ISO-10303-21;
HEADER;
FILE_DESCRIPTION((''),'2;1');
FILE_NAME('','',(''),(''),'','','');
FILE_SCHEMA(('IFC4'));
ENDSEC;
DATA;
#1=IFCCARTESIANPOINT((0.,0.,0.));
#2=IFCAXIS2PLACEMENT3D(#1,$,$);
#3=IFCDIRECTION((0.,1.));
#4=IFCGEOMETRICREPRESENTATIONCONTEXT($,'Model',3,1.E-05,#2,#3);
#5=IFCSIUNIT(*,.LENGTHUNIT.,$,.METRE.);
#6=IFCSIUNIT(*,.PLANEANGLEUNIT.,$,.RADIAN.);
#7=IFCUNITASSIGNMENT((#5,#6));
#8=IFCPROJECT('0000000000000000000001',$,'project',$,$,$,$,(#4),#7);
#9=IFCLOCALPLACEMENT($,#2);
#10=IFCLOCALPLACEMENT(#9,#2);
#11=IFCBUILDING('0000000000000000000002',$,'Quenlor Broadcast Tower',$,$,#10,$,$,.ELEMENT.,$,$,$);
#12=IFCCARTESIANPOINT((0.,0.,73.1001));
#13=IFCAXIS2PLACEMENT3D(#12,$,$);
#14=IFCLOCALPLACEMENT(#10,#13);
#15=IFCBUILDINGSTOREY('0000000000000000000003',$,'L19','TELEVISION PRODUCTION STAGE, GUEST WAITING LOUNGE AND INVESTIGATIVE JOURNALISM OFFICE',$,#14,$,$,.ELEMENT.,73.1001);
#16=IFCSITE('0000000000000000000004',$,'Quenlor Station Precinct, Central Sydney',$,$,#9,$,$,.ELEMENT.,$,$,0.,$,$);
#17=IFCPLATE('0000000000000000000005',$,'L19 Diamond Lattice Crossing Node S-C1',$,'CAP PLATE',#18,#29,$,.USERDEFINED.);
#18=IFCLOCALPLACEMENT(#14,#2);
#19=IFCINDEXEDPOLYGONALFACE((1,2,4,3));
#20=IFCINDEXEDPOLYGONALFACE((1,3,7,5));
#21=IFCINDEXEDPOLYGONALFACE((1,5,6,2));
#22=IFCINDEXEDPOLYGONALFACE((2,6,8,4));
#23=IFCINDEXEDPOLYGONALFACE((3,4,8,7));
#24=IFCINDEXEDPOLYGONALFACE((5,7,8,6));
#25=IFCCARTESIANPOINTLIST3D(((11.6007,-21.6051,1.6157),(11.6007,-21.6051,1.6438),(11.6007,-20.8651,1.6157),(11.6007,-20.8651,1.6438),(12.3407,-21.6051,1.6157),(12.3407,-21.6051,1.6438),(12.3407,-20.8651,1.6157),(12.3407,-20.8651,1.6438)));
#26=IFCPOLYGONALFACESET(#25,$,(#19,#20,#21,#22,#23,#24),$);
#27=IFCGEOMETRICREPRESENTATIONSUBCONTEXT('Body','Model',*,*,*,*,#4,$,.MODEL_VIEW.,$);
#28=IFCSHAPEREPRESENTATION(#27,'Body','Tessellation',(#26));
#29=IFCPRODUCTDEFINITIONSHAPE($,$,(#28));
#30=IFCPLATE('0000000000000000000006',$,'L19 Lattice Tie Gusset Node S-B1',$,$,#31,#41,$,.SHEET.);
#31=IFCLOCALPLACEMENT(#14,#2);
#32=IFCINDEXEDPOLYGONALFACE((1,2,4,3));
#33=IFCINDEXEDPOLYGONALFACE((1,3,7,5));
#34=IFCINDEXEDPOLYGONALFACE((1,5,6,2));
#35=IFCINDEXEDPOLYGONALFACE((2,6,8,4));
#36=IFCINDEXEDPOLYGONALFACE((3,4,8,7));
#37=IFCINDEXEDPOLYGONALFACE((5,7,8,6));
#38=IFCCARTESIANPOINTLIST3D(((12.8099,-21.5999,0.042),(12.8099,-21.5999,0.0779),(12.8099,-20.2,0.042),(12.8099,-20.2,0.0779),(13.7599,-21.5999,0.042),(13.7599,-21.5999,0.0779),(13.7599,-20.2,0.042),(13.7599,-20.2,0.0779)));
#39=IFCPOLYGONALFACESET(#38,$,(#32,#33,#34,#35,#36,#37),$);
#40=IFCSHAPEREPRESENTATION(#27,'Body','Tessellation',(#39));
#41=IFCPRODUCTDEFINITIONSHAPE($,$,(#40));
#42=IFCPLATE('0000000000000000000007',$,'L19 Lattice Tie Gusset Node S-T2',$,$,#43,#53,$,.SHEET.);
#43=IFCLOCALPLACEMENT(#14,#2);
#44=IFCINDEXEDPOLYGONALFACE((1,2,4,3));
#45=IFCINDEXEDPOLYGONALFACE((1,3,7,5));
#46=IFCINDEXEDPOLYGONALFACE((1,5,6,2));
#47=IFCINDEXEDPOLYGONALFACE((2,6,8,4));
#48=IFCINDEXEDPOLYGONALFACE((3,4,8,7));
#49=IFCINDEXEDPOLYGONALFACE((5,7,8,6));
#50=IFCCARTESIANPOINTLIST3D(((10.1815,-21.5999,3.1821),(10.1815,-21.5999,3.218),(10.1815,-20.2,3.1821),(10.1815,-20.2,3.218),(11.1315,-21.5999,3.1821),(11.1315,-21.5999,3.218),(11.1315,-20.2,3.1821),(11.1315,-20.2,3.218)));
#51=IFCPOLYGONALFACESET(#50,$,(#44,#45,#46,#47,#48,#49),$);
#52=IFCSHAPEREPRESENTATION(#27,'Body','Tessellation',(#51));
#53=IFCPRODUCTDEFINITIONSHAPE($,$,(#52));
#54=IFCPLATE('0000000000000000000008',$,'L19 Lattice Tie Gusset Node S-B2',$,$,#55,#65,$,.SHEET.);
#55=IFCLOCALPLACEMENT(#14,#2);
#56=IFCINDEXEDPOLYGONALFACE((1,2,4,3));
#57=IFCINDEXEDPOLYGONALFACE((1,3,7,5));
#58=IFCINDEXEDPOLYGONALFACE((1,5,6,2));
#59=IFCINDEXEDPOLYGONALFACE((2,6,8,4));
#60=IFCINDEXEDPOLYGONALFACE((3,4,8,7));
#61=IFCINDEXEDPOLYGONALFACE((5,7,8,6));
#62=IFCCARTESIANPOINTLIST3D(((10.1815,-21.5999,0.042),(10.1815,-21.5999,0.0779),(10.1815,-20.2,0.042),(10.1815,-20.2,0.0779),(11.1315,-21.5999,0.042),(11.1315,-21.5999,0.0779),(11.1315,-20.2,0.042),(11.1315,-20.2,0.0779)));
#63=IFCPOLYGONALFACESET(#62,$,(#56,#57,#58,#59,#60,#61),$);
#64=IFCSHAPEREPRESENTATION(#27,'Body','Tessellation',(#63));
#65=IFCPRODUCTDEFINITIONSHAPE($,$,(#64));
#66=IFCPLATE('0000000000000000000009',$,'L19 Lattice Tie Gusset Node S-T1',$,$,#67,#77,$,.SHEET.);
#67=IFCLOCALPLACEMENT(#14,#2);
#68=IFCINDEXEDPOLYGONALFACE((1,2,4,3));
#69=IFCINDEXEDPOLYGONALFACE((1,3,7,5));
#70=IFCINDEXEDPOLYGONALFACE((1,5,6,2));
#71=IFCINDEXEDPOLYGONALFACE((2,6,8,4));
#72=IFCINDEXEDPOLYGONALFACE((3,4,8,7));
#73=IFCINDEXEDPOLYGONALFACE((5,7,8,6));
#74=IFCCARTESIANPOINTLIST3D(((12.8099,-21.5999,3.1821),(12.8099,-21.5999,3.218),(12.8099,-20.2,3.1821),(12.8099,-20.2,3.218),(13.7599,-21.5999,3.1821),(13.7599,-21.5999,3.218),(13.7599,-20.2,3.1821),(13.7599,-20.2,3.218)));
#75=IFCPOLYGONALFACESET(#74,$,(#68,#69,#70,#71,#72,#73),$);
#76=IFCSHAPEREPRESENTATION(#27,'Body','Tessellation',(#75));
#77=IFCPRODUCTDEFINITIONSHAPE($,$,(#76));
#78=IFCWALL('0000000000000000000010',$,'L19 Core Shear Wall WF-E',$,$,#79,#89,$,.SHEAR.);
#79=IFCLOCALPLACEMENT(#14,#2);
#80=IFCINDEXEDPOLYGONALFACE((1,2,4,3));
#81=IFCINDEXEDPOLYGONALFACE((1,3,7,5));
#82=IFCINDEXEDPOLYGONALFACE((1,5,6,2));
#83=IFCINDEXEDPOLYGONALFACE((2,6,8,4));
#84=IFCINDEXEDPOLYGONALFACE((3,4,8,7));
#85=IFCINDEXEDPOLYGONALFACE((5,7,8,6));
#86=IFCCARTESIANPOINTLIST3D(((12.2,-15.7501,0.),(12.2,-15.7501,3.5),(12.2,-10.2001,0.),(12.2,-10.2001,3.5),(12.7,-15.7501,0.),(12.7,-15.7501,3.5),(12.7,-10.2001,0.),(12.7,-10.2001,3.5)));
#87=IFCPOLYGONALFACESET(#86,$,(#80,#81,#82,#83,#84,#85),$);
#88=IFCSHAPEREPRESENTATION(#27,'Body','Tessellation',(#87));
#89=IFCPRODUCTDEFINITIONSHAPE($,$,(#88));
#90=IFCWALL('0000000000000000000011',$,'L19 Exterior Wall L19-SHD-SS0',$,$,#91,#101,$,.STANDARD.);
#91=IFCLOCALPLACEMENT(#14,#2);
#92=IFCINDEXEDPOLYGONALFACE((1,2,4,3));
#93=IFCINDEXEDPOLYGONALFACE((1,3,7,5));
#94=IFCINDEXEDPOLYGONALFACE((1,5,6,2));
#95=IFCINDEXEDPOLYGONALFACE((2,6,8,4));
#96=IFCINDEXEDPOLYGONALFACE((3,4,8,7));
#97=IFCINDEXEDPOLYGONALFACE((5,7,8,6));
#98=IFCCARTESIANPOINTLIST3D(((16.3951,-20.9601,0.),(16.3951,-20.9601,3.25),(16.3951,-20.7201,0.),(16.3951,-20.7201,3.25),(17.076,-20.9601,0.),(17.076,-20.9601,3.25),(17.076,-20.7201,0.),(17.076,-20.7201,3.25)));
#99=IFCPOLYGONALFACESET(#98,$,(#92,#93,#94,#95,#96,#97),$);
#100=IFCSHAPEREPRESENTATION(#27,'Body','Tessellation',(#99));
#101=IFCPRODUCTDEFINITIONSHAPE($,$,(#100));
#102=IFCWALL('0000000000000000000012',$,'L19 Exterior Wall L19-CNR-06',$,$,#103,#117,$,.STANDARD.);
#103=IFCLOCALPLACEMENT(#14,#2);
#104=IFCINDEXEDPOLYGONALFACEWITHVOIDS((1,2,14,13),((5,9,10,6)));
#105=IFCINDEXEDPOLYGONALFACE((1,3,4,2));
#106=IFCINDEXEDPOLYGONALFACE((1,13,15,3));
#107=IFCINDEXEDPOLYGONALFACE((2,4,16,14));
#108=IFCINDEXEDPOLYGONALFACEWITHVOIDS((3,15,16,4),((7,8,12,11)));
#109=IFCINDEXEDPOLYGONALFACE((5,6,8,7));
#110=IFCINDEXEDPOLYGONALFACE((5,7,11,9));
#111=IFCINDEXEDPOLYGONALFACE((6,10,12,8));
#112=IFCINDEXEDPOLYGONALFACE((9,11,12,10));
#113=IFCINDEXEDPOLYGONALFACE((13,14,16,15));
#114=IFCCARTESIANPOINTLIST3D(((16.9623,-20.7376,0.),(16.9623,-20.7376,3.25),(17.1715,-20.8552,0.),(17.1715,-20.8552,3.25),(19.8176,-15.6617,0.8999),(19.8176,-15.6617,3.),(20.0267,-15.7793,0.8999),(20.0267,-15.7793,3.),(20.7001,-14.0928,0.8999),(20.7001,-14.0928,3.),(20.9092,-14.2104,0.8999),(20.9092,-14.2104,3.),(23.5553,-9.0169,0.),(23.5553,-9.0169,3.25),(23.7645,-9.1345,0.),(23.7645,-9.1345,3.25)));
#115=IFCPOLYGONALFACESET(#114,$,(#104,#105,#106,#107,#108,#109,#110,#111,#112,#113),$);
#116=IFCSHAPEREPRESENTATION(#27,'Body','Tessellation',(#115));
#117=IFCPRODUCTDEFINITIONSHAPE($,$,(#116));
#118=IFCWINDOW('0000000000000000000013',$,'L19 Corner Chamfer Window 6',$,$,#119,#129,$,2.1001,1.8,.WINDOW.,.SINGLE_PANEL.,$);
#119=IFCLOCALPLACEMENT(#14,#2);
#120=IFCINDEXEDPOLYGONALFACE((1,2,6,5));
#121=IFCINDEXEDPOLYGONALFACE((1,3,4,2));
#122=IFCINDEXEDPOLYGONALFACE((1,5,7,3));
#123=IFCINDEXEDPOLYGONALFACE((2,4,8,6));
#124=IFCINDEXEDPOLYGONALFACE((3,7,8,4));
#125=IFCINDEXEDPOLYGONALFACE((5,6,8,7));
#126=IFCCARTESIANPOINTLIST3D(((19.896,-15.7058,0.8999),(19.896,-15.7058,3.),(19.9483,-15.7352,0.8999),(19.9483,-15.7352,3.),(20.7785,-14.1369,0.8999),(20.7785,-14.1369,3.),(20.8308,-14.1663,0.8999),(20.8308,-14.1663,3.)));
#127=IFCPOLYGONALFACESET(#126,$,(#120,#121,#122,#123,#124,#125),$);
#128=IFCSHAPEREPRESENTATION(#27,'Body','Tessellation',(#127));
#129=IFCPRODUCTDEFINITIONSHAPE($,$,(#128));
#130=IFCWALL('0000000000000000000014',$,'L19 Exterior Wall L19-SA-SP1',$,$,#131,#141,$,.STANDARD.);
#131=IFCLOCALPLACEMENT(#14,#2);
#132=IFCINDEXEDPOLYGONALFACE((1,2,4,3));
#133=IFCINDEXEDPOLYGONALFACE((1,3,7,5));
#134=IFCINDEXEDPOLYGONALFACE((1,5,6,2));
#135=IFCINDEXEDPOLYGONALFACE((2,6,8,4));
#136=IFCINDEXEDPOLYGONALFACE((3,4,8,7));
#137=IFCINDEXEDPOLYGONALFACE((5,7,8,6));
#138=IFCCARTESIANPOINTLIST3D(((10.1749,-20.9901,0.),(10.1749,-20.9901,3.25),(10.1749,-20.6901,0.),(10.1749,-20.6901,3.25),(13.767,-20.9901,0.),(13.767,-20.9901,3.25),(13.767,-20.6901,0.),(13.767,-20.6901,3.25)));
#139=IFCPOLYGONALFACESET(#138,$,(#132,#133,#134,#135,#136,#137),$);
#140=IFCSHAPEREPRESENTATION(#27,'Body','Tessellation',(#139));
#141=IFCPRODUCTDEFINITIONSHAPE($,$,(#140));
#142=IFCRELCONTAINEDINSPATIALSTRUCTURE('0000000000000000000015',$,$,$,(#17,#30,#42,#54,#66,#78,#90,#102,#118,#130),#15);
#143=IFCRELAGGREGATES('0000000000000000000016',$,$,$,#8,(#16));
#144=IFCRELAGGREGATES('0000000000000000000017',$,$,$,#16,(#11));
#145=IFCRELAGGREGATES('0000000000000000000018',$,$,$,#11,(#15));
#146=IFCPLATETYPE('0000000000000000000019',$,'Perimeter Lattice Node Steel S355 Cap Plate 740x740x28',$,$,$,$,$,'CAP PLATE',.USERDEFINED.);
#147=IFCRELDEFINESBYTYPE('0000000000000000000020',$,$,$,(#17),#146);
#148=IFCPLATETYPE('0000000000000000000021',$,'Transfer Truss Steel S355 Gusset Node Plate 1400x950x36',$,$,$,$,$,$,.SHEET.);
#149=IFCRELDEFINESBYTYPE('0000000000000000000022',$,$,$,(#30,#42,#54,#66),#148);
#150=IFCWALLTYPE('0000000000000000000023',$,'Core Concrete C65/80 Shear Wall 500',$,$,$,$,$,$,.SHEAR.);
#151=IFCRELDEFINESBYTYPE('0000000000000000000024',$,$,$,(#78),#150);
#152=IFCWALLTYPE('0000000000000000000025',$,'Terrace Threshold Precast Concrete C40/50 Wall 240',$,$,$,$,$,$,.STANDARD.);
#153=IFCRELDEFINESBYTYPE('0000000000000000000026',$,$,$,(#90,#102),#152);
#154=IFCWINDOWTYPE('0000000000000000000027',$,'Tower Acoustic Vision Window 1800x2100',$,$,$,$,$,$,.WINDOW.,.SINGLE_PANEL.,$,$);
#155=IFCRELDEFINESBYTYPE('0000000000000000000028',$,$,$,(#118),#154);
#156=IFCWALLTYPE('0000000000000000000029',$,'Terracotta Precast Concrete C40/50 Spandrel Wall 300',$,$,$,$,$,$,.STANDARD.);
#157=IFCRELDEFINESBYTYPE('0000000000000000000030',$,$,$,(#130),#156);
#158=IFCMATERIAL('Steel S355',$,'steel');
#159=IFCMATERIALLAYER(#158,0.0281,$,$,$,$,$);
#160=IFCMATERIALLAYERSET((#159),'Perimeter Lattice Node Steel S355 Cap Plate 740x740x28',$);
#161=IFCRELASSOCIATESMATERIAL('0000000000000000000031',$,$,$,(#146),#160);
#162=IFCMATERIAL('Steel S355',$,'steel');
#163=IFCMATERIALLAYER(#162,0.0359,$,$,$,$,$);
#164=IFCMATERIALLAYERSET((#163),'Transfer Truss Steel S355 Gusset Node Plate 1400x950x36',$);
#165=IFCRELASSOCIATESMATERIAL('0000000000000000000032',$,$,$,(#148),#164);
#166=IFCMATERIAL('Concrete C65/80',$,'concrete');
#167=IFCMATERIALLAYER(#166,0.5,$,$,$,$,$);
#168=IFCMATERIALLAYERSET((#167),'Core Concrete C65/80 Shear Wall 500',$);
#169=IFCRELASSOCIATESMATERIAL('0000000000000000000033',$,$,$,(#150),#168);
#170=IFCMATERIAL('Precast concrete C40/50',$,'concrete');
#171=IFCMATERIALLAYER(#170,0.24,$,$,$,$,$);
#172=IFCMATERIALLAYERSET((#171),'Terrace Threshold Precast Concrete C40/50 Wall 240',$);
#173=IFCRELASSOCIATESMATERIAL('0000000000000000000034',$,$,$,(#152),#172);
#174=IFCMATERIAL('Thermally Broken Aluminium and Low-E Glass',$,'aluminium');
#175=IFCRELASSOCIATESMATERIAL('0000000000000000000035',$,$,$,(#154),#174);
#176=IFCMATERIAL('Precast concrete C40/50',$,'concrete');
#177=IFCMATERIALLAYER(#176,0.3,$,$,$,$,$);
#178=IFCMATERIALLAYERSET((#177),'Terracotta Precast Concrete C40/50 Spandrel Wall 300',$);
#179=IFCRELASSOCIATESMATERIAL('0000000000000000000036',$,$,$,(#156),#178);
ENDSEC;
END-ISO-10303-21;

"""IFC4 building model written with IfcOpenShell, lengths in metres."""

from ifc_helpers import new_model, si_unit, direction, frame, frame_2d, origin, origin_2d, place, context, subcontext, project, spatial, rectangle, extrude, material, layer, layer_set, type_object, element, fill, save


model = new_model("IFC4")

# Units and contexts
model_context = context("Model", 3, precision=1e-05, world=origin(), true_north=direction((0.0, 1.0)))
body_context = subcontext(model_context, "Body", "Model", "MODEL_VIEW")
ifc_project = project(units=[si_unit("LENGTHUNIT", "METRE"), si_unit("PLANEANGLEUNIT", "RADIAN")], contexts=[model_context])

# Site, building, storey
site_placement = place(None, origin())
site = spatial("IfcSite", under=ifc_project, at=site_placement, Name="Quenlor Station Precinct, Central Sydney", CompositionType="ELEMENT", RefElevation=0.0)
building_placement = place(site_placement, origin())
building = spatial("IfcBuilding", under=site, at=building_placement, Name="Quenlor Broadcast Tower", CompositionType="ELEMENT")
storey_placement = place(building_placement, frame((0.0, 0.0, 73.1001)))
storey = spatial("IfcBuildingStorey", under=building, at=storey_placement, Name="L19", Description="TELEVISION PRODUCTION STAGE, GUEST WAITING LOUNGE AND INVESTIGATIVE JOURNALISM OFFICE", CompositionType="ELEMENT", Elevation=73.1001)

# Plates
ifc_material_1 = material(Name="Steel S355", Category="steel")
ifc_layer_1 = layer(ifc_material_1, 0.0281)
ifc_layer_set_1 = layer_set([ifc_layer_1], Name="Perimeter Lattice Node Steel S355 Cap Plate 740x740x28")
plate_type_1 = type_object("IfcPlateType", Name="Perimeter Lattice Node Steel S355 Cap Plate 740x740x28", ElementType="CAP PLATE", PredefinedType="USERDEFINED", material=ifc_layer_set_1)
plate_1_placement = place(storey_placement, frame((11.9707, -21.2351, 1.6157), z_axis=(0.0, 0.0, 1.0), x_axis=(-1.0, 0.0, 0.0)))
element("IfcPlate", 1, at=plate_1_placement, inside=storey, type_object=plate_type_1, Name="L19 Diamond Lattice Crossing Node S-C1", ObjectType="CAP PLATE", PredefinedType="USERDEFINED", context=body_context, shape_type="SweptSolid", body=[
    extrude(rectangle(XDim=0.74, YDim=0.74, at=origin_2d()), origin(), (0.0, 0.0, 1.0), 0.0281),
])
ifc_material_2 = material(Name="Steel S355", Category="steel")
ifc_layer_2 = layer(ifc_material_2, 0.0359)
ifc_layer_set_2 = layer_set([ifc_layer_2], Name="Transfer Truss Steel S355 Gusset Node Plate 1400x950x36")
plate_type_2 = type_object("IfcPlateType", Name="Transfer Truss Steel S355 Gusset Node Plate 1400x950x36", PredefinedType="SHEET", material=ifc_layer_set_2)
for number, where, z_axis, x_axis, name in (
    (2, (13.2849, -20.8999, 0.042), (0.0, 0.0, 1.0), (0.0, -1.0, 0.0), "L19 Lattice Tie Gusset Node S-B1"),
    (3, (10.6565, -20.8999, 3.1821), (0.0, 0.0, 1.0), (0.0, -1.0, 0.0), "L19 Lattice Tie Gusset Node S-T2"),
    (4, (10.6565, -20.8999, 0.042), (0.0, 0.0, 1.0), (0.0, -1.0, 0.0), "L19 Lattice Tie Gusset Node S-B2"),
    (5, (13.2849, -20.8999, 3.1821), (0.0, 0.0, 1.0), (0.0, -1.0, 0.0), "L19 Lattice Tie Gusset Node S-T1"),
):
    element("IfcPlate", number, at=place(storey_placement, frame(where, z_axis=z_axis, x_axis=x_axis)), inside=storey, type_object=plate_type_2, Name=name, PredefinedType="SHEET", context=body_context, shape_type="SweptSolid", body=[
        extrude(rectangle(XDim=1.3999, YDim=0.95, at=origin_2d()), origin(), (0.0, 0.0, 1.0), 0.0359),
    ])

# Walls
ifc_material_3 = material(Name="Concrete C65/80", Category="concrete")
ifc_layer_3 = layer(ifc_material_3, 0.5)
ifc_layer_set_3 = layer_set([ifc_layer_3], Name="Core Concrete C65/80 Shear Wall 500")
wall_type_1 = type_object("IfcWallType", Name="Core Concrete C65/80 Shear Wall 500", PredefinedType="SHEAR", material=ifc_layer_set_3)
wall_1_placement = place(storey_placement, frame((12.45, -15.75, 0.0), z_axis=(0.0, 0.0, 1.0), x_axis=(0.0, 1.0, 0.0)))
element("IfcWall", 6, at=wall_1_placement, inside=storey, type_object=wall_type_1, Name="L19 Core Shear Wall WF-E", PredefinedType="SHEAR", context=body_context, shape_type="SweptSolid", body=[
    extrude(rectangle(XDim=5.55, YDim=0.5, at=frame_2d((2.7749, 0.0))), origin(), (0.0, 0.0, 1.0), 3.5),
])
ifc_material_4 = material(Name="Precast concrete C40/50", Category="concrete")
ifc_layer_4 = layer(ifc_material_4, 0.24)
ifc_layer_set_4 = layer_set([ifc_layer_4], Name="Terrace Threshold Precast Concrete C40/50 Wall 240")
wall_type_2 = type_object("IfcWallType", Name="Terrace Threshold Precast Concrete C40/50 Wall 240", PredefinedType="STANDARD", material=ifc_layer_set_4)
wall_2_placement = place(storey_placement, frame((17.0759, -20.8401, 0.0), z_axis=(0.0, 0.0, 1.0), x_axis=(-1.0, 0.0, 0.0)))
element("IfcWall", 7, at=wall_2_placement, inside=storey, type_object=wall_type_2, Name="L19 Exterior Wall L19-SHD-SS0", PredefinedType="STANDARD", context=body_context, shape_type="SweptSolid", body=[
    extrude(rectangle(XDim=0.6809, YDim=0.24, at=frame_2d((0.3403, 0.0))), origin(), (0.0, 0.0, 1.0), 3.25),
])

# Wall, opening, window
wall_3_placement = place(storey_placement, frame((17.0669, -20.7964, 0.0), z_axis=(0.0, 0.0, 1.0), x_axis=(0.490268, 0.871572, 0.0)))
wall_3 = element("IfcWall", 8, at=wall_3_placement, inside=storey, type_object=wall_type_2, Name="L19 Exterior Wall L19-CNR-06", PredefinedType="STANDARD", context=body_context, shape_type="SweptSolid", body=[
    extrude(rectangle(XDim=13.4478, YDim=0.24, at=frame_2d((6.7239, 0.0))), origin(), (0.0, 0.0, 1.0), 3.25),
])
opening_placement = place(wall_3_placement, frame((5.824, 0.0, 0.8999)))
opening = element("IfcOpeningElement", 9, at=opening_placement, cuts=wall_3, PredefinedType="OPENING", context=body_context, shape_type="SweptSolid", body=[
    extrude(rectangle(XDim=1.8, YDim=2.1001, at=frame_2d((0.8999, 1.05))), frame((0.0, 0.1299, 0.0), z_axis=(0.0, -1.0, 0.0), x_axis=(1.0, 0.0, 0.0)), (0.0, 0.0, 1.0), 0.26),
])
ifc_material_5 = material(Name="Thermally Broken Aluminium and Low-E Glass", Category="aluminium")
window_type = type_object("IfcWindowType", Name="Tower Acoustic Vision Window 1800x2100", PartitioningType="SINGLE_PANEL", PredefinedType="WINDOW", material=ifc_material_5)
window_placement = place(opening_placement, origin())
window = element("IfcWindow", 10, at=window_placement, inside=storey, type_object=window_type, Name="L19 Corner Chamfer Window 6", OverallHeight=2.1001, OverallWidth=1.8, PartitioningType="SINGLE_PANEL", PredefinedType="WINDOW", context=body_context, shape_type="SweptSolid", body=[
    extrude(rectangle(XDim=1.8, YDim=2.1001, at=frame_2d((0.8999, 1.05))), frame((0.0, 0.03, 0.0), z_axis=(0.0, -1.0, 0.0), x_axis=(1.0, 0.0, 0.0)), (0.0, 0.0, 1.0), 0.0601),
])
fill(opening, window)

# Wall
ifc_material_6 = material(Name="Precast concrete C40/50", Category="concrete")
ifc_layer_5 = layer(ifc_material_6, 0.3)
ifc_layer_set_5 = layer_set([ifc_layer_5], Name="Terracotta Precast Concrete C40/50 Spandrel Wall 300")
wall_type_3 = type_object("IfcWallType", Name="Terracotta Precast Concrete C40/50 Spandrel Wall 300", PredefinedType="STANDARD", material=ifc_layer_set_5)
wall_4_placement = place(storey_placement, frame((13.7668, -20.8401, 0.0), z_axis=(0.0, 0.0, 1.0), x_axis=(-1.0, 0.0, 0.0)))
element("IfcWall", 11, at=wall_4_placement, inside=storey, type_object=wall_type_3, Name="L19 Exterior Wall L19-SA-SP1", PredefinedType="STANDARD", context=body_context, shape_type="SweptSolid", body=[
    extrude(rectangle(XDim=3.592, YDim=0.3, at=frame_2d((1.7959, 0.0))), origin(), (0.0, 0.0, 1.0), 3.25),
])

save(model, "model.ifc")
